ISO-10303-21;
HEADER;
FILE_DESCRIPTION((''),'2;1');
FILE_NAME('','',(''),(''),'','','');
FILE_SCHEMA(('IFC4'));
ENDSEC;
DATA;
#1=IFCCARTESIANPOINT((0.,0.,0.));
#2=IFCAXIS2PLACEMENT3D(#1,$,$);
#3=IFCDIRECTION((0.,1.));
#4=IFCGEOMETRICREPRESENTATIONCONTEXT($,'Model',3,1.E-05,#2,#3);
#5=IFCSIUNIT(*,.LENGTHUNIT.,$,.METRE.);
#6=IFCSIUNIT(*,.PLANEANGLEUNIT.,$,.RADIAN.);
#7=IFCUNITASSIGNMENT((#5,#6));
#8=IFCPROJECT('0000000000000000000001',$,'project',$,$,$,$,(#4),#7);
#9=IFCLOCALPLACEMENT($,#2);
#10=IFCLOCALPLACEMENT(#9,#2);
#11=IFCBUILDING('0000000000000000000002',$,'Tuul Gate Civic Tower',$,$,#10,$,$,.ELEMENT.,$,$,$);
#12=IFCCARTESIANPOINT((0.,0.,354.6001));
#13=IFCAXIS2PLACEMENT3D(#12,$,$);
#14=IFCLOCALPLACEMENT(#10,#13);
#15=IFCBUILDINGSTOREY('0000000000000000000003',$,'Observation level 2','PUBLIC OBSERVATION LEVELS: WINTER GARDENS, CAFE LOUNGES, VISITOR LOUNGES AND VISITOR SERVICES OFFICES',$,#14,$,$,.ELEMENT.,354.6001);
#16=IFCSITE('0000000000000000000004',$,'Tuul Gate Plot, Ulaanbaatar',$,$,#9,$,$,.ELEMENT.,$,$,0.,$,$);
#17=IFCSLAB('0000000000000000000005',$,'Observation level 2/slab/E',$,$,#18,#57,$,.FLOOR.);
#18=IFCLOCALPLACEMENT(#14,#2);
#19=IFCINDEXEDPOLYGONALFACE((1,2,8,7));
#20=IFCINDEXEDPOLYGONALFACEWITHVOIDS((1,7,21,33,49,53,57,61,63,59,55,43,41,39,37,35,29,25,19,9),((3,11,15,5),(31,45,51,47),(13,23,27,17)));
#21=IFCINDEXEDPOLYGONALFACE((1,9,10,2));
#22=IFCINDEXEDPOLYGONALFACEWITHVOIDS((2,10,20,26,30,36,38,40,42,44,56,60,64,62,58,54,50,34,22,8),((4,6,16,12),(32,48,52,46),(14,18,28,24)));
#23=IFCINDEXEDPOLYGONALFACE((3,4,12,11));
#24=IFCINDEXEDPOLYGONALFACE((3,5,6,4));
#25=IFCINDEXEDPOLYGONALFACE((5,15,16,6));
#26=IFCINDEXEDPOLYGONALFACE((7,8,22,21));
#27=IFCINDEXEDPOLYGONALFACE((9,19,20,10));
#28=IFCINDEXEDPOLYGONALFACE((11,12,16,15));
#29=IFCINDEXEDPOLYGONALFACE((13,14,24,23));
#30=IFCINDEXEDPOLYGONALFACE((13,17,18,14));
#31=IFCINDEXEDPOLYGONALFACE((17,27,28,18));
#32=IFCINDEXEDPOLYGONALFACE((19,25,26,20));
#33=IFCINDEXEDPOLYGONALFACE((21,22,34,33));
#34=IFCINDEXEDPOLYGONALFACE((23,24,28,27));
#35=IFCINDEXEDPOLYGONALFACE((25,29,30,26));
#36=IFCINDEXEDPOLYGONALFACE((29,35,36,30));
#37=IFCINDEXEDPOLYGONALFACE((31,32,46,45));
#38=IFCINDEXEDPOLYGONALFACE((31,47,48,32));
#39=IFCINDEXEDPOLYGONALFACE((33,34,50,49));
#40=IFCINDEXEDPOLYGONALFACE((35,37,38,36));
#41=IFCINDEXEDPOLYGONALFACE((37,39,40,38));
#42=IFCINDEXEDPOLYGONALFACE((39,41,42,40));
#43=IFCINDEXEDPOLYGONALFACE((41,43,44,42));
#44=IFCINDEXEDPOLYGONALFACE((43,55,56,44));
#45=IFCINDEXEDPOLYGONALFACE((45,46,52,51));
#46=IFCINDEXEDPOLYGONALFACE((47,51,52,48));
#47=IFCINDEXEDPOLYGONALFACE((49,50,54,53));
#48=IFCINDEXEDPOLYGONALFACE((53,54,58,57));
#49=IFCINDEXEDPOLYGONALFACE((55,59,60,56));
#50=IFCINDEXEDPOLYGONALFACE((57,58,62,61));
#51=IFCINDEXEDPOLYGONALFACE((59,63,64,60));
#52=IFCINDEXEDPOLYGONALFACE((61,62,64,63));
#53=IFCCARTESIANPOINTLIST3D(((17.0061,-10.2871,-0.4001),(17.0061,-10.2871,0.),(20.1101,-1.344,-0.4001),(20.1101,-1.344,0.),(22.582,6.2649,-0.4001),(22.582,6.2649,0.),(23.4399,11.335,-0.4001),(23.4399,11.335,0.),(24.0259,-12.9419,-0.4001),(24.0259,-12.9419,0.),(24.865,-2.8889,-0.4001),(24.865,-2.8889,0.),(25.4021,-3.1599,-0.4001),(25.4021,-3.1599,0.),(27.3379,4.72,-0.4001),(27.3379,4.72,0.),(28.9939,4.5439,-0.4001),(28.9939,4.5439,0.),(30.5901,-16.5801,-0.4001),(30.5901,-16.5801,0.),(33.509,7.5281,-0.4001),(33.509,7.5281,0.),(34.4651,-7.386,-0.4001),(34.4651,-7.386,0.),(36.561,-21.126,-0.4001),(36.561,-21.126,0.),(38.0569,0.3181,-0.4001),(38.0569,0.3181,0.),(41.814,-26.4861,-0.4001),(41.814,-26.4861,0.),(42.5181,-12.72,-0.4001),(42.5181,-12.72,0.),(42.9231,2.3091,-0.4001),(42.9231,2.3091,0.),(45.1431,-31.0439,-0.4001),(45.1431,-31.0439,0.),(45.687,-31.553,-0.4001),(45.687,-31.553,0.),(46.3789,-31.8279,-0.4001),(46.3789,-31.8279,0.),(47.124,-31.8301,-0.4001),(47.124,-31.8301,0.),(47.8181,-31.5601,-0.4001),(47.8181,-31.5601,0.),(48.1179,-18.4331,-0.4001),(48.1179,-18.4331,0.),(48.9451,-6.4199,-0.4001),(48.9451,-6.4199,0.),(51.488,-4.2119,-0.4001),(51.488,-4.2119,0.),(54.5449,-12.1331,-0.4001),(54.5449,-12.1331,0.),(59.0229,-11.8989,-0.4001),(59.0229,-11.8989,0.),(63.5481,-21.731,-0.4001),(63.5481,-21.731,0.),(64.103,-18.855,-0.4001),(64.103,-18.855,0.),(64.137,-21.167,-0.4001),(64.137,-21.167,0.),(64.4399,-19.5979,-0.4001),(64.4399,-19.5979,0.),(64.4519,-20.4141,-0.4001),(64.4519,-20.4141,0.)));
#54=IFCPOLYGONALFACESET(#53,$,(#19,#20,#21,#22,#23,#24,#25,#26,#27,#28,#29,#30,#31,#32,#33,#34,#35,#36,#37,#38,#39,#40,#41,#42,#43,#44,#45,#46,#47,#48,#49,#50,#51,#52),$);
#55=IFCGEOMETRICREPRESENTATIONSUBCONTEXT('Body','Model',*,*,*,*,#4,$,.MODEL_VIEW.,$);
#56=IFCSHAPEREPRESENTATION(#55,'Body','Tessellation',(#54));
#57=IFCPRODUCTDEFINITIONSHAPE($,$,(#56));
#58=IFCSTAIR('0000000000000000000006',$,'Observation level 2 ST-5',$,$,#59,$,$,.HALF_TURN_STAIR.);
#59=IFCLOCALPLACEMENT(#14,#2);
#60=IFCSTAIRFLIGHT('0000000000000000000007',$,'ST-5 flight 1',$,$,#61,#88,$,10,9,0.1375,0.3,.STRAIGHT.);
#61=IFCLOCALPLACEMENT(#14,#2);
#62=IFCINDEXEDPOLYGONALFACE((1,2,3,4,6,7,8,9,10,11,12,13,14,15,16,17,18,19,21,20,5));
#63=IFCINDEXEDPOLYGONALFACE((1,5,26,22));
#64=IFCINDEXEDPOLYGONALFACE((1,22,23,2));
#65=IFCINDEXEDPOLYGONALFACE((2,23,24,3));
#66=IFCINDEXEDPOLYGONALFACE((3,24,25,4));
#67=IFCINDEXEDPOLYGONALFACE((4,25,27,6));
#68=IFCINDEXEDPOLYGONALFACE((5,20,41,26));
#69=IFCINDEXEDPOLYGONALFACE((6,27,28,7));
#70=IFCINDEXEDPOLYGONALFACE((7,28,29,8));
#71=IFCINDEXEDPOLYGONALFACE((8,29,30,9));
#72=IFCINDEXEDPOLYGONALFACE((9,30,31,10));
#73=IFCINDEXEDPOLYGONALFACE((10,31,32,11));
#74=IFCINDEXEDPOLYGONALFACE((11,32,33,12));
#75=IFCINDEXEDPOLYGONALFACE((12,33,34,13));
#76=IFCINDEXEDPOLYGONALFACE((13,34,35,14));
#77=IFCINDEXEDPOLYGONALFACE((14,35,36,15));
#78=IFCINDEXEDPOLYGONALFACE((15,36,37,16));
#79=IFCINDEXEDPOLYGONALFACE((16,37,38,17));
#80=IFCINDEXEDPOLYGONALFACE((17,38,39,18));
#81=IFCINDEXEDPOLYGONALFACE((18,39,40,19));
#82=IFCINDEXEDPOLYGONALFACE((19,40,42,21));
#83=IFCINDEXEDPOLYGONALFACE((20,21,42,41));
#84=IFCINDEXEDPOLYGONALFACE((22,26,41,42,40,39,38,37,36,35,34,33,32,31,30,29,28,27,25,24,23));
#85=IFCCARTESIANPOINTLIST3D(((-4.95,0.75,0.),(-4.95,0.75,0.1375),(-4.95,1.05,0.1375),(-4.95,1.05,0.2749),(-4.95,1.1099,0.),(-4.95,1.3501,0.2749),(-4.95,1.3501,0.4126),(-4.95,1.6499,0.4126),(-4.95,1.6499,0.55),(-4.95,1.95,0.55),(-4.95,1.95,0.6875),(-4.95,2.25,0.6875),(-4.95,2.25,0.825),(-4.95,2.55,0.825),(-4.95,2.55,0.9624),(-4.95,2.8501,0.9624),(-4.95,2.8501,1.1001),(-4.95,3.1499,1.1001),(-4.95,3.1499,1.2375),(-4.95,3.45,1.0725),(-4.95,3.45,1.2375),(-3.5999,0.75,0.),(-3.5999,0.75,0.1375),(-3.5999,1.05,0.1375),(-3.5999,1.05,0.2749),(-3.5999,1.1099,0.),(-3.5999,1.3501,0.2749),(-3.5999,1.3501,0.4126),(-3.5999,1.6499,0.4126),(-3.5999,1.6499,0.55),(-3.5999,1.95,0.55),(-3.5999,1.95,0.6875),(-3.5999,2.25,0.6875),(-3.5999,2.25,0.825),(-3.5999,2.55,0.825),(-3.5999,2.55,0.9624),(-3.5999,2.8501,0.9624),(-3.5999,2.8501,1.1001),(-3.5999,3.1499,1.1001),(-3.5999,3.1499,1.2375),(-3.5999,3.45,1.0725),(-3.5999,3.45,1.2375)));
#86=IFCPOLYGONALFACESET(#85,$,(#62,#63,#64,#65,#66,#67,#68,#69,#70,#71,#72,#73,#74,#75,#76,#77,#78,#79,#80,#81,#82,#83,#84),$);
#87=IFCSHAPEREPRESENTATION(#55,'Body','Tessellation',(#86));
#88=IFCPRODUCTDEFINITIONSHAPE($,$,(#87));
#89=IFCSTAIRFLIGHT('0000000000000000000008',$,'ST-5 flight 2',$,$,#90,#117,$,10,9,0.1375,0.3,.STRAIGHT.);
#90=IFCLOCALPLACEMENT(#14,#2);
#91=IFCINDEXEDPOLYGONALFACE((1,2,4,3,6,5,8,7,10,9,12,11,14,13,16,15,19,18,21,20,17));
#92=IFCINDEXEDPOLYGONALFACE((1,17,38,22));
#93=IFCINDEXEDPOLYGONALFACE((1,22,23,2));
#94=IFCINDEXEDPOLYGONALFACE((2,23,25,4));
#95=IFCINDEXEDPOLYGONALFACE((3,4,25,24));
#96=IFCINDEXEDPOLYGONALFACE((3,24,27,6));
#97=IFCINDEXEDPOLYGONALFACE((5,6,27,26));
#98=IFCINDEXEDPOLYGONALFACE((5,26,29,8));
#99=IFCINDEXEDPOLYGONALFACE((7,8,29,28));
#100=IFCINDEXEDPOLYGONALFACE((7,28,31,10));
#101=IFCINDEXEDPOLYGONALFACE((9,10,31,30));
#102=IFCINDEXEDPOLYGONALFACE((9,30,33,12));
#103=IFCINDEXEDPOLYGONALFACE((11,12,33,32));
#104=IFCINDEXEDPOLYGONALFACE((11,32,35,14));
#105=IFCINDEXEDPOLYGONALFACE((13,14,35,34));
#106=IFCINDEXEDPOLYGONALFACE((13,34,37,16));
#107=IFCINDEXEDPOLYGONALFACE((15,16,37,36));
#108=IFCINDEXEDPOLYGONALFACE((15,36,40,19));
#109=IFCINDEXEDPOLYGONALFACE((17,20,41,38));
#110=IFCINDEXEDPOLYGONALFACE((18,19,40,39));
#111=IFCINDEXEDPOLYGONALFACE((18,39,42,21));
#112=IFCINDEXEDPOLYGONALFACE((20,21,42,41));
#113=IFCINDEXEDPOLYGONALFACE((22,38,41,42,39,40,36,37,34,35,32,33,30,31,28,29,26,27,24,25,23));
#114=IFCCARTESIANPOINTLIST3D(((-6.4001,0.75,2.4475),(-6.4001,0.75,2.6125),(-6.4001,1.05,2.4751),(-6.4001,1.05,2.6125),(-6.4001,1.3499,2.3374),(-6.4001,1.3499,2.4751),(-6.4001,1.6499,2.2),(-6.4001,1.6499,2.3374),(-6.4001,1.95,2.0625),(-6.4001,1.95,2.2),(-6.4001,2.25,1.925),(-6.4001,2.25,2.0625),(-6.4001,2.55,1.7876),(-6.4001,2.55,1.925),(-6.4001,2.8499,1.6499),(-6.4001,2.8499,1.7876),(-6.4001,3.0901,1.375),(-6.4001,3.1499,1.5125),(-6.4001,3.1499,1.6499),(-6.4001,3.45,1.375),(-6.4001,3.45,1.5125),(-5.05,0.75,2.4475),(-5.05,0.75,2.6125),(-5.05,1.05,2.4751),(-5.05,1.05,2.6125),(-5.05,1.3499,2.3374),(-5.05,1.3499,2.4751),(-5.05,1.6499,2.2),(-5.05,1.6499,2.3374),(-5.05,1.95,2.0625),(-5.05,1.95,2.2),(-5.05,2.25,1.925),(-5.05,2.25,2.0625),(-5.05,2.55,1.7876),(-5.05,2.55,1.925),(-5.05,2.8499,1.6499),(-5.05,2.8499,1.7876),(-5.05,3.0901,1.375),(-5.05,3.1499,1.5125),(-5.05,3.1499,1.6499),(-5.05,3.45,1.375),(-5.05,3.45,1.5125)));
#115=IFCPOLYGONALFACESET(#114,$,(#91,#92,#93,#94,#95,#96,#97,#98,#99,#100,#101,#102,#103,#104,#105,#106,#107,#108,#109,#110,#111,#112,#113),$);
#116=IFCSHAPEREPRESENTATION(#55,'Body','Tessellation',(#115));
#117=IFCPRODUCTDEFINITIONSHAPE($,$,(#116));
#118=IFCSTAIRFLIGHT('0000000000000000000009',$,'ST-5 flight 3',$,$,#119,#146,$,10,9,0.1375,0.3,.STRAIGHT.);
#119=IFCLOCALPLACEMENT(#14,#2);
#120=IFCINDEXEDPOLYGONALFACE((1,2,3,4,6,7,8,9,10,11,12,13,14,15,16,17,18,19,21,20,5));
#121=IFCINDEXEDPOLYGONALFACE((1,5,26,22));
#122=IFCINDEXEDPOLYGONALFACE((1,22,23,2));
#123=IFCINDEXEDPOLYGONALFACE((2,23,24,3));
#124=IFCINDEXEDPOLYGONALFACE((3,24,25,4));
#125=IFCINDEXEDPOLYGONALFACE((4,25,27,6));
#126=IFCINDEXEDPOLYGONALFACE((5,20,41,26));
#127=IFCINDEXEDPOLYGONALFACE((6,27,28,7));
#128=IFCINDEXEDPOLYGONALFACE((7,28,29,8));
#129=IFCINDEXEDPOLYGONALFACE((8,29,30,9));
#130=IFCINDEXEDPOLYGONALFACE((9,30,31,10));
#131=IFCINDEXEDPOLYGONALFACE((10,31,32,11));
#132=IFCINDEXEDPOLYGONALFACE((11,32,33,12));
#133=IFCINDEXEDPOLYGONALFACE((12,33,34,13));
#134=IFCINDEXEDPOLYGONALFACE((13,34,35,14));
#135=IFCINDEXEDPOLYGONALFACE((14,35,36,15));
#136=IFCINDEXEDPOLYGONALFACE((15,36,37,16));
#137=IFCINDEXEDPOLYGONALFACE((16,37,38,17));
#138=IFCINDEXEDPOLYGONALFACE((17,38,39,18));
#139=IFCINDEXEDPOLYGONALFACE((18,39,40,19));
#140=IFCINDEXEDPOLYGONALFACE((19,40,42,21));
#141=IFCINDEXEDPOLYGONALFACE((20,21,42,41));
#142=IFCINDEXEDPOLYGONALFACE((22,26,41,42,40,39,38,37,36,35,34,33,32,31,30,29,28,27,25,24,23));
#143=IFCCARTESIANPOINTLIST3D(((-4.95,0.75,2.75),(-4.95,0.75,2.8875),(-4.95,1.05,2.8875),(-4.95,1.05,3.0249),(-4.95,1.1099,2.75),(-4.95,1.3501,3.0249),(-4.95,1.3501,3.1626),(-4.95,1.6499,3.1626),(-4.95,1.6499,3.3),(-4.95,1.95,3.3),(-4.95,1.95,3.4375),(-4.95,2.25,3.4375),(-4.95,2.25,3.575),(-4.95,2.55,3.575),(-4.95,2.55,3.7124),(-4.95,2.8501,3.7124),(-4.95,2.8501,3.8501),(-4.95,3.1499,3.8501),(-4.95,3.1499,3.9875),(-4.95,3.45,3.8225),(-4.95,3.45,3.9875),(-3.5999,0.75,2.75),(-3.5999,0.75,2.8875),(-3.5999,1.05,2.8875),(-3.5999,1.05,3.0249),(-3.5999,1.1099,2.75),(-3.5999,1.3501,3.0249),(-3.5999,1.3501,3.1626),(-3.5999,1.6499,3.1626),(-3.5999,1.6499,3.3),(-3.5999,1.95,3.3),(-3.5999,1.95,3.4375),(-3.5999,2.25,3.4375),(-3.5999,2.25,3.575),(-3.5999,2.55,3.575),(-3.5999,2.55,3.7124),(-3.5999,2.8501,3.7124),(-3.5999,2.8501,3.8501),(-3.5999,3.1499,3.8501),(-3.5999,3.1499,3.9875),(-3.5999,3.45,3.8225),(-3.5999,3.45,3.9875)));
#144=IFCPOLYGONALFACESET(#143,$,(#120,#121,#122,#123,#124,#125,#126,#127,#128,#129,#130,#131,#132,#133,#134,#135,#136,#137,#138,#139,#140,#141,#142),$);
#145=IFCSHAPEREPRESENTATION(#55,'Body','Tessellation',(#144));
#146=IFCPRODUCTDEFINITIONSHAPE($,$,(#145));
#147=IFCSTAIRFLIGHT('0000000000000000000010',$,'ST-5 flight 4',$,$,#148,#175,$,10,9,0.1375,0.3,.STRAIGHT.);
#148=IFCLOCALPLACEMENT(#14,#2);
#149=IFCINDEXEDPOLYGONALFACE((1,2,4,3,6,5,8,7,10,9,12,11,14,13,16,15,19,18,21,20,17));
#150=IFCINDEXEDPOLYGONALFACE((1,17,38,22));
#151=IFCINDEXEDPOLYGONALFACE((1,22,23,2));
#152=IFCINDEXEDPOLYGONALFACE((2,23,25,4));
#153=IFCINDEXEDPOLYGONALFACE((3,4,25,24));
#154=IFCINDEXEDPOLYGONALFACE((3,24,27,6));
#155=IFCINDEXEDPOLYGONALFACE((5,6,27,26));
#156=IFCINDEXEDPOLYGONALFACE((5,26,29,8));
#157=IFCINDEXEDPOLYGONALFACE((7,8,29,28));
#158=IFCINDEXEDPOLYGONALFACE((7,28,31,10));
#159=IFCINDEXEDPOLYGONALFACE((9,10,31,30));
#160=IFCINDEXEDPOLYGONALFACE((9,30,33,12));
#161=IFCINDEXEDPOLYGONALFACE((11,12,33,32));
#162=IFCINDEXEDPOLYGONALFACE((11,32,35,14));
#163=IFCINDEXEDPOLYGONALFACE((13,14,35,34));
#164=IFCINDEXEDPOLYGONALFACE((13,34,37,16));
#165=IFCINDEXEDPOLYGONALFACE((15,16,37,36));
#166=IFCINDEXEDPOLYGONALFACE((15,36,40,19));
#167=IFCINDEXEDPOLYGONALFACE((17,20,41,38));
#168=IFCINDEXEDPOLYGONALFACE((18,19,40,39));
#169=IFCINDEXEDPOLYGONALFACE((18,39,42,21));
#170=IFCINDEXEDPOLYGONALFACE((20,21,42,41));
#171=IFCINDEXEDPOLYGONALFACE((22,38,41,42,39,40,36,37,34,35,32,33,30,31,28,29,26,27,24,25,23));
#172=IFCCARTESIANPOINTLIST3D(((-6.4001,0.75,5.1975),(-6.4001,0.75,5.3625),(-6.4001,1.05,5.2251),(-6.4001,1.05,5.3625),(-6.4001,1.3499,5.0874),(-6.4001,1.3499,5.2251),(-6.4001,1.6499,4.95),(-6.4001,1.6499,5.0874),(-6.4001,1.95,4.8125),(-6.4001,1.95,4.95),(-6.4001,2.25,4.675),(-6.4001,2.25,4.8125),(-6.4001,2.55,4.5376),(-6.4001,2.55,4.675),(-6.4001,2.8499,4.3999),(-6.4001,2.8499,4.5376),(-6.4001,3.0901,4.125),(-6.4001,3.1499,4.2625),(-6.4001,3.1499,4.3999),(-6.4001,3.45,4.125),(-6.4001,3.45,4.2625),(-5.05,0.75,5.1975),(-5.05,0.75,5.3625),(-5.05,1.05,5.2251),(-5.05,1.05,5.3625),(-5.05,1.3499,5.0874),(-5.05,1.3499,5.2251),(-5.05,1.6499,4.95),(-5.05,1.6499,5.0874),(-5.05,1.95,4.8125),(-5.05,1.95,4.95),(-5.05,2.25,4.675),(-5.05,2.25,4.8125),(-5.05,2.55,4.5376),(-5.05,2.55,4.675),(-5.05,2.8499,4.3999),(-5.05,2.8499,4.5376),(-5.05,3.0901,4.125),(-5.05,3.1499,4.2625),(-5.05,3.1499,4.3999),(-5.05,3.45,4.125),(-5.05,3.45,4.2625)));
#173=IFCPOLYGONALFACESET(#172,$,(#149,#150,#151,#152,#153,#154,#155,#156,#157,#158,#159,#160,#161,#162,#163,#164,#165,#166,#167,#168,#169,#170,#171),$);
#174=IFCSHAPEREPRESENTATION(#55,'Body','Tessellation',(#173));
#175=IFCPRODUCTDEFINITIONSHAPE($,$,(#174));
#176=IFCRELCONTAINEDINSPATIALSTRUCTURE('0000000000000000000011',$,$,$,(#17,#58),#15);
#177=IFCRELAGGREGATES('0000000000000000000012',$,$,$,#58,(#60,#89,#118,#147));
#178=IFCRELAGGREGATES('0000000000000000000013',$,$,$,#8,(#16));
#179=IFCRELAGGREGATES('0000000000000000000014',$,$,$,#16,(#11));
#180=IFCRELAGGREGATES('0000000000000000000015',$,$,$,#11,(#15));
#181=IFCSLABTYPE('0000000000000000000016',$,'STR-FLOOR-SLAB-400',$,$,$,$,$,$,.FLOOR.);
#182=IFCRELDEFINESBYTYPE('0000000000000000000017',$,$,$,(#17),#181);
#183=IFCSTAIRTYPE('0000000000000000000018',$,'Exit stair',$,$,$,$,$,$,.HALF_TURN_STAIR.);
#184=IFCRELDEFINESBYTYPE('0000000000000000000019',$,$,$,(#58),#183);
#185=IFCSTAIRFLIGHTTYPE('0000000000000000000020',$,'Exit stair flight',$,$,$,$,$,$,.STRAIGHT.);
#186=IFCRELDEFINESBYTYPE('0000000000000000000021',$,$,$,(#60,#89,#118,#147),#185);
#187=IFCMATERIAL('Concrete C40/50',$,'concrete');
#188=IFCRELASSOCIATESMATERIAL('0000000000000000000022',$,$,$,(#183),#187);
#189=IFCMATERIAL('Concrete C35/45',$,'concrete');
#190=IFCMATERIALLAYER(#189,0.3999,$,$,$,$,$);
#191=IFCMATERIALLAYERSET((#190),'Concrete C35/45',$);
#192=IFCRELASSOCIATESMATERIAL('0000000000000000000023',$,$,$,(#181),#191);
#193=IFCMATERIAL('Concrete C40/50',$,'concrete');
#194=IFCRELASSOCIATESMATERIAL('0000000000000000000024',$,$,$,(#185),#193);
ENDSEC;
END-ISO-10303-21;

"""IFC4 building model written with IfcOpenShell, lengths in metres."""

from ifc_helpers import new_model, si_unit, direction, frame, origin, place, context, subcontext, project, spatial, polyline, outline, extrude, material, layer, layer_set, type_object, element, aggregate, save


model = new_model("IFC4")

# Units and contexts
model_context = context("Model", 3, precision=1e-05, world=origin(), true_north=direction((0.0, 1.0)))
body_context = subcontext(model_context, "Body", "Model", "MODEL_VIEW")
ifc_project = project(units=[si_unit("LENGTHUNIT", "METRE"), si_unit("PLANEANGLEUNIT", "RADIAN")], contexts=[model_context])

# Site, building, storey
site_placement = place(None, origin())
site = spatial("IfcSite", under=ifc_project, at=site_placement, Name="Tuul Gate Plot, Ulaanbaatar", CompositionType="ELEMENT", RefElevation=0.0)
building_placement = place(site_placement, origin())
building = spatial("IfcBuilding", under=site, at=building_placement, Name="Tuul Gate Civic Tower", CompositionType="ELEMENT")
storey_placement = place(building_placement, frame((0.0, 0.0, 354.6001)))
storey = spatial("IfcBuildingStorey", under=building, at=storey_placement, Name="Observation level 2", Description="PUBLIC OBSERVATION LEVELS: WINTER GARDENS, CAFE LOUNGES, VISITOR LOUNGES AND VISITOR SERVICES OFFICES", CompositionType="ELEMENT", Elevation=354.6001)

# Shared definitions
ifc_material_1 = material(Name="Concrete C40/50", Category="concrete")
stair_type = type_object("IfcStairType", Name="Exit stair", PredefinedType="HALF_TURN_STAIR", material=ifc_material_1)

# Slab
ifc_material_2 = material(Name="Concrete C35/45", Category="concrete")
ifc_layer_1 = layer(ifc_material_2, 0.3999)
ifc_layer_set_1 = layer_set([ifc_layer_1], Name="Concrete C35/45")
slab_type_1 = type_object("IfcSlabType", Name="STR-FLOOR-SLAB-400", PredefinedType="FLOOR", material=ifc_layer_set_1)
slab_1_placement = place(storey_placement, frame((0.0, 0.0, -0.4001)))
element("IfcSlab", 1, at=slab_1_placement, inside=storey, type_object=slab_type_1, Name="Observation level 2/slab/E", PredefinedType="FLOOR", context=body_context, shape_type="SweptSolid", body=[
    extrude(outline(polyline([(47.124, -31.8301), (47.8181, -31.5601), (63.5481, -21.731), (64.137, -21.167), (64.4519, -20.4141), (64.4399, -19.5979), (64.103, -18.855), (59.0229, -11.8989), (51.488, -4.2119), (42.9231, 2.3091), (33.509, 7.5281), (23.4399, 11.335), (17.0061, -10.2871), (24.0259, -12.9419), (30.5901, -16.5801), (36.561, -21.126), (41.814, -26.4861), (45.1431, -31.0439), (45.687, -31.553), (46.3789, -31.8279), (47.124, -31.8301)]), holes=[polyline([(42.5181, -12.72), (48.9451, -6.4199), (54.5449, -12.1331), (48.1179, -18.4331), (42.5181, -12.72)]), polyline([(25.4021, -3.1599), (28.9939, 4.5439), (38.0569, 0.3181), (34.4651, -7.386), (25.4021, -3.1599)]), polyline([(20.1101, -1.344), (22.582, 6.2649), (27.3379, 4.72), (24.865, -2.8889), (20.1101, -1.344)])]), origin(), (0.0, 0.0, 1.0), 0.4001),
])

# Stair, stair flights
stair_1_placement = place(storey_placement, origin())
stair_1 = element("IfcStair", 2, at=stair_1_placement, inside=storey, type_object=stair_type, Name="Observation level 2 ST-5", PredefinedType="HALF_TURN_STAIR")
ifc_material_3 = material(Name="Concrete C40/50", Category="concrete")
stair_flight_type = type_object("IfcStairFlightType", Name="Exit stair flight", PredefinedType="STRAIGHT", material=ifc_material_3)
stair_flight_1_placement = place(storey_placement, frame((-4.2749, 0.75, 0.0), z_axis=(0.0, 0.0, 1.0), x_axis=(0.0, 1.0, 0.0)))
stair_flight_1 = element("IfcStairFlight", 3, at=stair_flight_1_placement, type_object=stair_flight_type, Name="ST-5 flight 1", NumberOfRisers=10, NumberOfTreads=9, PredefinedType="STRAIGHT", RiserHeight=0.1375, TreadLength=0.3, context=body_context, shape_type="SweptSolid", body=[
    extrude(outline(polyline([(0.0, 0.0), (0.0, 0.1375), (0.3, 0.1375), (0.3, 0.2749), (0.6001, 0.2749), (0.6001, 0.4126), (0.8999, 0.4126), (0.8999, 0.55), (1.2, 0.55), (1.2, 0.6875), (1.5, 0.6875), (1.5, 0.825), (1.8, 0.825), (1.8, 0.9624), (2.1001, 0.9624), (2.1001, 1.1001), (2.3999, 1.1001), (2.3999, 1.2375), (2.7, 1.2375), (2.7, 1.375), (2.7, 1.0725), (0.3599, 0.0), (0.0, 0.0)])), frame((0.0, 0.675, 0.0), z_axis=(0.0, -1.0, 0.0), x_axis=(1.0, 0.0, 0.0)), (0.0, 0.0, 1.0), 1.3501),
])
stair_flight_2_placement = place(storey_placement, frame((-5.7251, 3.45, 1.375), z_axis=(0.0, 0.0, 1.0), x_axis=(0.0, -1.0, 0.0)))
stair_flight_2 = element("IfcStairFlight", 4, at=stair_flight_2_placement, type_object=stair_flight_type, Name="ST-5 flight 2", NumberOfRisers=10, NumberOfTreads=9, PredefinedType="STRAIGHT", RiserHeight=0.1375, TreadLength=0.3, context=body_context, shape_type="SweptSolid", body=[
    extrude(outline(polyline([(0.0, 0.0), (0.0, 0.1375), (0.3, 0.1375), (0.3, 0.2749), (0.6001, 0.2749), (0.6001, 0.4126), (0.8999, 0.4126), (0.8999, 0.55), (1.2, 0.55), (1.2, 0.6875), (1.5, 0.6875), (1.5, 0.825), (1.8, 0.825), (1.8, 0.9624), (2.1001, 0.9624), (2.1001, 1.1001), (2.3999, 1.1001), (2.3999, 1.2375), (2.7, 1.2375), (2.7, 1.375), (2.7, 1.0725), (0.3599, 0.0), (0.0, 0.0)])), frame((0.0, 0.675, 0.0), z_axis=(0.0, -1.0, 0.0), x_axis=(1.0, 0.0, 0.0)), (0.0, 0.0, 1.0), 1.3501),
])
stair_flight_3_placement = place(storey_placement, frame((-4.2749, 0.75, 2.75), z_axis=(0.0, 0.0, 1.0), x_axis=(0.0, 1.0, 0.0)))
stair_flight_3 = element("IfcStairFlight", 5, at=stair_flight_3_placement, type_object=stair_flight_type, Name="ST-5 flight 3", NumberOfRisers=10, NumberOfTreads=9, PredefinedType="STRAIGHT", RiserHeight=0.1375, TreadLength=0.3, context=body_context, shape_type="SweptSolid", body=[
    extrude(outline(polyline([(0.0, 0.0), (0.0, 0.1375), (0.3, 0.1375), (0.3, 0.2749), (0.6001, 0.2749), (0.6001, 0.4126), (0.8999, 0.4126), (0.8999, 0.55), (1.2, 0.55), (1.2, 0.6875), (1.5, 0.6875), (1.5, 0.825), (1.8, 0.825), (1.8, 0.9624), (2.1001, 0.9624), (2.1001, 1.1001), (2.3999, 1.1001), (2.3999, 1.2375), (2.7, 1.2375), (2.7, 1.375), (2.7, 1.0725), (0.3599, 0.0), (0.0, 0.0)])), frame((0.0, 0.675, 0.0), z_axis=(0.0, -1.0, 0.0), x_axis=(1.0, 0.0, 0.0)), (0.0, 0.0, 1.0), 1.3501),
])
stair_flight_4_placement = place(storey_placement, frame((-5.7251, 3.45, 4.125), z_axis=(0.0, 0.0, 1.0), x_axis=(0.0, -1.0, 0.0)))
stair_flight_4 = element("IfcStairFlight", 6, at=stair_flight_4_placement, type_object=stair_flight_type, Name="ST-5 flight 4", NumberOfRisers=10, NumberOfTreads=9, PredefinedType="STRAIGHT", RiserHeight=0.1375, TreadLength=0.3, context=body_context, shape_type="SweptSolid", body=[
    extrude(outline(polyline([(0.0, 0.0), (0.0, 0.1375), (0.3, 0.1375), (0.3, 0.2749), (0.6001, 0.2749), (0.6001, 0.4126), (0.8999, 0.4126), (0.8999, 0.55), (1.2, 0.55), (1.2, 0.6875), (1.5, 0.6875), (1.5, 0.825), (1.8, 0.825), (1.8, 0.9624), (2.1001, 0.9624), (2.1001, 1.1001), (2.3999, 1.1001), (2.3999, 1.2375), (2.7, 1.2375), (2.7, 1.375), (2.7, 1.0725), (0.3599, 0.0), (0.0, 0.0)])), frame((0.0, 0.675, 0.0), z_axis=(0.0, -1.0, 0.0), x_axis=(1.0, 0.0, 0.0)), (0.0, 0.0, 1.0), 1.3501),
])
aggregate(stair_1, [stair_flight_1, stair_flight_2, stair_flight_3, stair_flight_4])

save(model, "model.ifc")
